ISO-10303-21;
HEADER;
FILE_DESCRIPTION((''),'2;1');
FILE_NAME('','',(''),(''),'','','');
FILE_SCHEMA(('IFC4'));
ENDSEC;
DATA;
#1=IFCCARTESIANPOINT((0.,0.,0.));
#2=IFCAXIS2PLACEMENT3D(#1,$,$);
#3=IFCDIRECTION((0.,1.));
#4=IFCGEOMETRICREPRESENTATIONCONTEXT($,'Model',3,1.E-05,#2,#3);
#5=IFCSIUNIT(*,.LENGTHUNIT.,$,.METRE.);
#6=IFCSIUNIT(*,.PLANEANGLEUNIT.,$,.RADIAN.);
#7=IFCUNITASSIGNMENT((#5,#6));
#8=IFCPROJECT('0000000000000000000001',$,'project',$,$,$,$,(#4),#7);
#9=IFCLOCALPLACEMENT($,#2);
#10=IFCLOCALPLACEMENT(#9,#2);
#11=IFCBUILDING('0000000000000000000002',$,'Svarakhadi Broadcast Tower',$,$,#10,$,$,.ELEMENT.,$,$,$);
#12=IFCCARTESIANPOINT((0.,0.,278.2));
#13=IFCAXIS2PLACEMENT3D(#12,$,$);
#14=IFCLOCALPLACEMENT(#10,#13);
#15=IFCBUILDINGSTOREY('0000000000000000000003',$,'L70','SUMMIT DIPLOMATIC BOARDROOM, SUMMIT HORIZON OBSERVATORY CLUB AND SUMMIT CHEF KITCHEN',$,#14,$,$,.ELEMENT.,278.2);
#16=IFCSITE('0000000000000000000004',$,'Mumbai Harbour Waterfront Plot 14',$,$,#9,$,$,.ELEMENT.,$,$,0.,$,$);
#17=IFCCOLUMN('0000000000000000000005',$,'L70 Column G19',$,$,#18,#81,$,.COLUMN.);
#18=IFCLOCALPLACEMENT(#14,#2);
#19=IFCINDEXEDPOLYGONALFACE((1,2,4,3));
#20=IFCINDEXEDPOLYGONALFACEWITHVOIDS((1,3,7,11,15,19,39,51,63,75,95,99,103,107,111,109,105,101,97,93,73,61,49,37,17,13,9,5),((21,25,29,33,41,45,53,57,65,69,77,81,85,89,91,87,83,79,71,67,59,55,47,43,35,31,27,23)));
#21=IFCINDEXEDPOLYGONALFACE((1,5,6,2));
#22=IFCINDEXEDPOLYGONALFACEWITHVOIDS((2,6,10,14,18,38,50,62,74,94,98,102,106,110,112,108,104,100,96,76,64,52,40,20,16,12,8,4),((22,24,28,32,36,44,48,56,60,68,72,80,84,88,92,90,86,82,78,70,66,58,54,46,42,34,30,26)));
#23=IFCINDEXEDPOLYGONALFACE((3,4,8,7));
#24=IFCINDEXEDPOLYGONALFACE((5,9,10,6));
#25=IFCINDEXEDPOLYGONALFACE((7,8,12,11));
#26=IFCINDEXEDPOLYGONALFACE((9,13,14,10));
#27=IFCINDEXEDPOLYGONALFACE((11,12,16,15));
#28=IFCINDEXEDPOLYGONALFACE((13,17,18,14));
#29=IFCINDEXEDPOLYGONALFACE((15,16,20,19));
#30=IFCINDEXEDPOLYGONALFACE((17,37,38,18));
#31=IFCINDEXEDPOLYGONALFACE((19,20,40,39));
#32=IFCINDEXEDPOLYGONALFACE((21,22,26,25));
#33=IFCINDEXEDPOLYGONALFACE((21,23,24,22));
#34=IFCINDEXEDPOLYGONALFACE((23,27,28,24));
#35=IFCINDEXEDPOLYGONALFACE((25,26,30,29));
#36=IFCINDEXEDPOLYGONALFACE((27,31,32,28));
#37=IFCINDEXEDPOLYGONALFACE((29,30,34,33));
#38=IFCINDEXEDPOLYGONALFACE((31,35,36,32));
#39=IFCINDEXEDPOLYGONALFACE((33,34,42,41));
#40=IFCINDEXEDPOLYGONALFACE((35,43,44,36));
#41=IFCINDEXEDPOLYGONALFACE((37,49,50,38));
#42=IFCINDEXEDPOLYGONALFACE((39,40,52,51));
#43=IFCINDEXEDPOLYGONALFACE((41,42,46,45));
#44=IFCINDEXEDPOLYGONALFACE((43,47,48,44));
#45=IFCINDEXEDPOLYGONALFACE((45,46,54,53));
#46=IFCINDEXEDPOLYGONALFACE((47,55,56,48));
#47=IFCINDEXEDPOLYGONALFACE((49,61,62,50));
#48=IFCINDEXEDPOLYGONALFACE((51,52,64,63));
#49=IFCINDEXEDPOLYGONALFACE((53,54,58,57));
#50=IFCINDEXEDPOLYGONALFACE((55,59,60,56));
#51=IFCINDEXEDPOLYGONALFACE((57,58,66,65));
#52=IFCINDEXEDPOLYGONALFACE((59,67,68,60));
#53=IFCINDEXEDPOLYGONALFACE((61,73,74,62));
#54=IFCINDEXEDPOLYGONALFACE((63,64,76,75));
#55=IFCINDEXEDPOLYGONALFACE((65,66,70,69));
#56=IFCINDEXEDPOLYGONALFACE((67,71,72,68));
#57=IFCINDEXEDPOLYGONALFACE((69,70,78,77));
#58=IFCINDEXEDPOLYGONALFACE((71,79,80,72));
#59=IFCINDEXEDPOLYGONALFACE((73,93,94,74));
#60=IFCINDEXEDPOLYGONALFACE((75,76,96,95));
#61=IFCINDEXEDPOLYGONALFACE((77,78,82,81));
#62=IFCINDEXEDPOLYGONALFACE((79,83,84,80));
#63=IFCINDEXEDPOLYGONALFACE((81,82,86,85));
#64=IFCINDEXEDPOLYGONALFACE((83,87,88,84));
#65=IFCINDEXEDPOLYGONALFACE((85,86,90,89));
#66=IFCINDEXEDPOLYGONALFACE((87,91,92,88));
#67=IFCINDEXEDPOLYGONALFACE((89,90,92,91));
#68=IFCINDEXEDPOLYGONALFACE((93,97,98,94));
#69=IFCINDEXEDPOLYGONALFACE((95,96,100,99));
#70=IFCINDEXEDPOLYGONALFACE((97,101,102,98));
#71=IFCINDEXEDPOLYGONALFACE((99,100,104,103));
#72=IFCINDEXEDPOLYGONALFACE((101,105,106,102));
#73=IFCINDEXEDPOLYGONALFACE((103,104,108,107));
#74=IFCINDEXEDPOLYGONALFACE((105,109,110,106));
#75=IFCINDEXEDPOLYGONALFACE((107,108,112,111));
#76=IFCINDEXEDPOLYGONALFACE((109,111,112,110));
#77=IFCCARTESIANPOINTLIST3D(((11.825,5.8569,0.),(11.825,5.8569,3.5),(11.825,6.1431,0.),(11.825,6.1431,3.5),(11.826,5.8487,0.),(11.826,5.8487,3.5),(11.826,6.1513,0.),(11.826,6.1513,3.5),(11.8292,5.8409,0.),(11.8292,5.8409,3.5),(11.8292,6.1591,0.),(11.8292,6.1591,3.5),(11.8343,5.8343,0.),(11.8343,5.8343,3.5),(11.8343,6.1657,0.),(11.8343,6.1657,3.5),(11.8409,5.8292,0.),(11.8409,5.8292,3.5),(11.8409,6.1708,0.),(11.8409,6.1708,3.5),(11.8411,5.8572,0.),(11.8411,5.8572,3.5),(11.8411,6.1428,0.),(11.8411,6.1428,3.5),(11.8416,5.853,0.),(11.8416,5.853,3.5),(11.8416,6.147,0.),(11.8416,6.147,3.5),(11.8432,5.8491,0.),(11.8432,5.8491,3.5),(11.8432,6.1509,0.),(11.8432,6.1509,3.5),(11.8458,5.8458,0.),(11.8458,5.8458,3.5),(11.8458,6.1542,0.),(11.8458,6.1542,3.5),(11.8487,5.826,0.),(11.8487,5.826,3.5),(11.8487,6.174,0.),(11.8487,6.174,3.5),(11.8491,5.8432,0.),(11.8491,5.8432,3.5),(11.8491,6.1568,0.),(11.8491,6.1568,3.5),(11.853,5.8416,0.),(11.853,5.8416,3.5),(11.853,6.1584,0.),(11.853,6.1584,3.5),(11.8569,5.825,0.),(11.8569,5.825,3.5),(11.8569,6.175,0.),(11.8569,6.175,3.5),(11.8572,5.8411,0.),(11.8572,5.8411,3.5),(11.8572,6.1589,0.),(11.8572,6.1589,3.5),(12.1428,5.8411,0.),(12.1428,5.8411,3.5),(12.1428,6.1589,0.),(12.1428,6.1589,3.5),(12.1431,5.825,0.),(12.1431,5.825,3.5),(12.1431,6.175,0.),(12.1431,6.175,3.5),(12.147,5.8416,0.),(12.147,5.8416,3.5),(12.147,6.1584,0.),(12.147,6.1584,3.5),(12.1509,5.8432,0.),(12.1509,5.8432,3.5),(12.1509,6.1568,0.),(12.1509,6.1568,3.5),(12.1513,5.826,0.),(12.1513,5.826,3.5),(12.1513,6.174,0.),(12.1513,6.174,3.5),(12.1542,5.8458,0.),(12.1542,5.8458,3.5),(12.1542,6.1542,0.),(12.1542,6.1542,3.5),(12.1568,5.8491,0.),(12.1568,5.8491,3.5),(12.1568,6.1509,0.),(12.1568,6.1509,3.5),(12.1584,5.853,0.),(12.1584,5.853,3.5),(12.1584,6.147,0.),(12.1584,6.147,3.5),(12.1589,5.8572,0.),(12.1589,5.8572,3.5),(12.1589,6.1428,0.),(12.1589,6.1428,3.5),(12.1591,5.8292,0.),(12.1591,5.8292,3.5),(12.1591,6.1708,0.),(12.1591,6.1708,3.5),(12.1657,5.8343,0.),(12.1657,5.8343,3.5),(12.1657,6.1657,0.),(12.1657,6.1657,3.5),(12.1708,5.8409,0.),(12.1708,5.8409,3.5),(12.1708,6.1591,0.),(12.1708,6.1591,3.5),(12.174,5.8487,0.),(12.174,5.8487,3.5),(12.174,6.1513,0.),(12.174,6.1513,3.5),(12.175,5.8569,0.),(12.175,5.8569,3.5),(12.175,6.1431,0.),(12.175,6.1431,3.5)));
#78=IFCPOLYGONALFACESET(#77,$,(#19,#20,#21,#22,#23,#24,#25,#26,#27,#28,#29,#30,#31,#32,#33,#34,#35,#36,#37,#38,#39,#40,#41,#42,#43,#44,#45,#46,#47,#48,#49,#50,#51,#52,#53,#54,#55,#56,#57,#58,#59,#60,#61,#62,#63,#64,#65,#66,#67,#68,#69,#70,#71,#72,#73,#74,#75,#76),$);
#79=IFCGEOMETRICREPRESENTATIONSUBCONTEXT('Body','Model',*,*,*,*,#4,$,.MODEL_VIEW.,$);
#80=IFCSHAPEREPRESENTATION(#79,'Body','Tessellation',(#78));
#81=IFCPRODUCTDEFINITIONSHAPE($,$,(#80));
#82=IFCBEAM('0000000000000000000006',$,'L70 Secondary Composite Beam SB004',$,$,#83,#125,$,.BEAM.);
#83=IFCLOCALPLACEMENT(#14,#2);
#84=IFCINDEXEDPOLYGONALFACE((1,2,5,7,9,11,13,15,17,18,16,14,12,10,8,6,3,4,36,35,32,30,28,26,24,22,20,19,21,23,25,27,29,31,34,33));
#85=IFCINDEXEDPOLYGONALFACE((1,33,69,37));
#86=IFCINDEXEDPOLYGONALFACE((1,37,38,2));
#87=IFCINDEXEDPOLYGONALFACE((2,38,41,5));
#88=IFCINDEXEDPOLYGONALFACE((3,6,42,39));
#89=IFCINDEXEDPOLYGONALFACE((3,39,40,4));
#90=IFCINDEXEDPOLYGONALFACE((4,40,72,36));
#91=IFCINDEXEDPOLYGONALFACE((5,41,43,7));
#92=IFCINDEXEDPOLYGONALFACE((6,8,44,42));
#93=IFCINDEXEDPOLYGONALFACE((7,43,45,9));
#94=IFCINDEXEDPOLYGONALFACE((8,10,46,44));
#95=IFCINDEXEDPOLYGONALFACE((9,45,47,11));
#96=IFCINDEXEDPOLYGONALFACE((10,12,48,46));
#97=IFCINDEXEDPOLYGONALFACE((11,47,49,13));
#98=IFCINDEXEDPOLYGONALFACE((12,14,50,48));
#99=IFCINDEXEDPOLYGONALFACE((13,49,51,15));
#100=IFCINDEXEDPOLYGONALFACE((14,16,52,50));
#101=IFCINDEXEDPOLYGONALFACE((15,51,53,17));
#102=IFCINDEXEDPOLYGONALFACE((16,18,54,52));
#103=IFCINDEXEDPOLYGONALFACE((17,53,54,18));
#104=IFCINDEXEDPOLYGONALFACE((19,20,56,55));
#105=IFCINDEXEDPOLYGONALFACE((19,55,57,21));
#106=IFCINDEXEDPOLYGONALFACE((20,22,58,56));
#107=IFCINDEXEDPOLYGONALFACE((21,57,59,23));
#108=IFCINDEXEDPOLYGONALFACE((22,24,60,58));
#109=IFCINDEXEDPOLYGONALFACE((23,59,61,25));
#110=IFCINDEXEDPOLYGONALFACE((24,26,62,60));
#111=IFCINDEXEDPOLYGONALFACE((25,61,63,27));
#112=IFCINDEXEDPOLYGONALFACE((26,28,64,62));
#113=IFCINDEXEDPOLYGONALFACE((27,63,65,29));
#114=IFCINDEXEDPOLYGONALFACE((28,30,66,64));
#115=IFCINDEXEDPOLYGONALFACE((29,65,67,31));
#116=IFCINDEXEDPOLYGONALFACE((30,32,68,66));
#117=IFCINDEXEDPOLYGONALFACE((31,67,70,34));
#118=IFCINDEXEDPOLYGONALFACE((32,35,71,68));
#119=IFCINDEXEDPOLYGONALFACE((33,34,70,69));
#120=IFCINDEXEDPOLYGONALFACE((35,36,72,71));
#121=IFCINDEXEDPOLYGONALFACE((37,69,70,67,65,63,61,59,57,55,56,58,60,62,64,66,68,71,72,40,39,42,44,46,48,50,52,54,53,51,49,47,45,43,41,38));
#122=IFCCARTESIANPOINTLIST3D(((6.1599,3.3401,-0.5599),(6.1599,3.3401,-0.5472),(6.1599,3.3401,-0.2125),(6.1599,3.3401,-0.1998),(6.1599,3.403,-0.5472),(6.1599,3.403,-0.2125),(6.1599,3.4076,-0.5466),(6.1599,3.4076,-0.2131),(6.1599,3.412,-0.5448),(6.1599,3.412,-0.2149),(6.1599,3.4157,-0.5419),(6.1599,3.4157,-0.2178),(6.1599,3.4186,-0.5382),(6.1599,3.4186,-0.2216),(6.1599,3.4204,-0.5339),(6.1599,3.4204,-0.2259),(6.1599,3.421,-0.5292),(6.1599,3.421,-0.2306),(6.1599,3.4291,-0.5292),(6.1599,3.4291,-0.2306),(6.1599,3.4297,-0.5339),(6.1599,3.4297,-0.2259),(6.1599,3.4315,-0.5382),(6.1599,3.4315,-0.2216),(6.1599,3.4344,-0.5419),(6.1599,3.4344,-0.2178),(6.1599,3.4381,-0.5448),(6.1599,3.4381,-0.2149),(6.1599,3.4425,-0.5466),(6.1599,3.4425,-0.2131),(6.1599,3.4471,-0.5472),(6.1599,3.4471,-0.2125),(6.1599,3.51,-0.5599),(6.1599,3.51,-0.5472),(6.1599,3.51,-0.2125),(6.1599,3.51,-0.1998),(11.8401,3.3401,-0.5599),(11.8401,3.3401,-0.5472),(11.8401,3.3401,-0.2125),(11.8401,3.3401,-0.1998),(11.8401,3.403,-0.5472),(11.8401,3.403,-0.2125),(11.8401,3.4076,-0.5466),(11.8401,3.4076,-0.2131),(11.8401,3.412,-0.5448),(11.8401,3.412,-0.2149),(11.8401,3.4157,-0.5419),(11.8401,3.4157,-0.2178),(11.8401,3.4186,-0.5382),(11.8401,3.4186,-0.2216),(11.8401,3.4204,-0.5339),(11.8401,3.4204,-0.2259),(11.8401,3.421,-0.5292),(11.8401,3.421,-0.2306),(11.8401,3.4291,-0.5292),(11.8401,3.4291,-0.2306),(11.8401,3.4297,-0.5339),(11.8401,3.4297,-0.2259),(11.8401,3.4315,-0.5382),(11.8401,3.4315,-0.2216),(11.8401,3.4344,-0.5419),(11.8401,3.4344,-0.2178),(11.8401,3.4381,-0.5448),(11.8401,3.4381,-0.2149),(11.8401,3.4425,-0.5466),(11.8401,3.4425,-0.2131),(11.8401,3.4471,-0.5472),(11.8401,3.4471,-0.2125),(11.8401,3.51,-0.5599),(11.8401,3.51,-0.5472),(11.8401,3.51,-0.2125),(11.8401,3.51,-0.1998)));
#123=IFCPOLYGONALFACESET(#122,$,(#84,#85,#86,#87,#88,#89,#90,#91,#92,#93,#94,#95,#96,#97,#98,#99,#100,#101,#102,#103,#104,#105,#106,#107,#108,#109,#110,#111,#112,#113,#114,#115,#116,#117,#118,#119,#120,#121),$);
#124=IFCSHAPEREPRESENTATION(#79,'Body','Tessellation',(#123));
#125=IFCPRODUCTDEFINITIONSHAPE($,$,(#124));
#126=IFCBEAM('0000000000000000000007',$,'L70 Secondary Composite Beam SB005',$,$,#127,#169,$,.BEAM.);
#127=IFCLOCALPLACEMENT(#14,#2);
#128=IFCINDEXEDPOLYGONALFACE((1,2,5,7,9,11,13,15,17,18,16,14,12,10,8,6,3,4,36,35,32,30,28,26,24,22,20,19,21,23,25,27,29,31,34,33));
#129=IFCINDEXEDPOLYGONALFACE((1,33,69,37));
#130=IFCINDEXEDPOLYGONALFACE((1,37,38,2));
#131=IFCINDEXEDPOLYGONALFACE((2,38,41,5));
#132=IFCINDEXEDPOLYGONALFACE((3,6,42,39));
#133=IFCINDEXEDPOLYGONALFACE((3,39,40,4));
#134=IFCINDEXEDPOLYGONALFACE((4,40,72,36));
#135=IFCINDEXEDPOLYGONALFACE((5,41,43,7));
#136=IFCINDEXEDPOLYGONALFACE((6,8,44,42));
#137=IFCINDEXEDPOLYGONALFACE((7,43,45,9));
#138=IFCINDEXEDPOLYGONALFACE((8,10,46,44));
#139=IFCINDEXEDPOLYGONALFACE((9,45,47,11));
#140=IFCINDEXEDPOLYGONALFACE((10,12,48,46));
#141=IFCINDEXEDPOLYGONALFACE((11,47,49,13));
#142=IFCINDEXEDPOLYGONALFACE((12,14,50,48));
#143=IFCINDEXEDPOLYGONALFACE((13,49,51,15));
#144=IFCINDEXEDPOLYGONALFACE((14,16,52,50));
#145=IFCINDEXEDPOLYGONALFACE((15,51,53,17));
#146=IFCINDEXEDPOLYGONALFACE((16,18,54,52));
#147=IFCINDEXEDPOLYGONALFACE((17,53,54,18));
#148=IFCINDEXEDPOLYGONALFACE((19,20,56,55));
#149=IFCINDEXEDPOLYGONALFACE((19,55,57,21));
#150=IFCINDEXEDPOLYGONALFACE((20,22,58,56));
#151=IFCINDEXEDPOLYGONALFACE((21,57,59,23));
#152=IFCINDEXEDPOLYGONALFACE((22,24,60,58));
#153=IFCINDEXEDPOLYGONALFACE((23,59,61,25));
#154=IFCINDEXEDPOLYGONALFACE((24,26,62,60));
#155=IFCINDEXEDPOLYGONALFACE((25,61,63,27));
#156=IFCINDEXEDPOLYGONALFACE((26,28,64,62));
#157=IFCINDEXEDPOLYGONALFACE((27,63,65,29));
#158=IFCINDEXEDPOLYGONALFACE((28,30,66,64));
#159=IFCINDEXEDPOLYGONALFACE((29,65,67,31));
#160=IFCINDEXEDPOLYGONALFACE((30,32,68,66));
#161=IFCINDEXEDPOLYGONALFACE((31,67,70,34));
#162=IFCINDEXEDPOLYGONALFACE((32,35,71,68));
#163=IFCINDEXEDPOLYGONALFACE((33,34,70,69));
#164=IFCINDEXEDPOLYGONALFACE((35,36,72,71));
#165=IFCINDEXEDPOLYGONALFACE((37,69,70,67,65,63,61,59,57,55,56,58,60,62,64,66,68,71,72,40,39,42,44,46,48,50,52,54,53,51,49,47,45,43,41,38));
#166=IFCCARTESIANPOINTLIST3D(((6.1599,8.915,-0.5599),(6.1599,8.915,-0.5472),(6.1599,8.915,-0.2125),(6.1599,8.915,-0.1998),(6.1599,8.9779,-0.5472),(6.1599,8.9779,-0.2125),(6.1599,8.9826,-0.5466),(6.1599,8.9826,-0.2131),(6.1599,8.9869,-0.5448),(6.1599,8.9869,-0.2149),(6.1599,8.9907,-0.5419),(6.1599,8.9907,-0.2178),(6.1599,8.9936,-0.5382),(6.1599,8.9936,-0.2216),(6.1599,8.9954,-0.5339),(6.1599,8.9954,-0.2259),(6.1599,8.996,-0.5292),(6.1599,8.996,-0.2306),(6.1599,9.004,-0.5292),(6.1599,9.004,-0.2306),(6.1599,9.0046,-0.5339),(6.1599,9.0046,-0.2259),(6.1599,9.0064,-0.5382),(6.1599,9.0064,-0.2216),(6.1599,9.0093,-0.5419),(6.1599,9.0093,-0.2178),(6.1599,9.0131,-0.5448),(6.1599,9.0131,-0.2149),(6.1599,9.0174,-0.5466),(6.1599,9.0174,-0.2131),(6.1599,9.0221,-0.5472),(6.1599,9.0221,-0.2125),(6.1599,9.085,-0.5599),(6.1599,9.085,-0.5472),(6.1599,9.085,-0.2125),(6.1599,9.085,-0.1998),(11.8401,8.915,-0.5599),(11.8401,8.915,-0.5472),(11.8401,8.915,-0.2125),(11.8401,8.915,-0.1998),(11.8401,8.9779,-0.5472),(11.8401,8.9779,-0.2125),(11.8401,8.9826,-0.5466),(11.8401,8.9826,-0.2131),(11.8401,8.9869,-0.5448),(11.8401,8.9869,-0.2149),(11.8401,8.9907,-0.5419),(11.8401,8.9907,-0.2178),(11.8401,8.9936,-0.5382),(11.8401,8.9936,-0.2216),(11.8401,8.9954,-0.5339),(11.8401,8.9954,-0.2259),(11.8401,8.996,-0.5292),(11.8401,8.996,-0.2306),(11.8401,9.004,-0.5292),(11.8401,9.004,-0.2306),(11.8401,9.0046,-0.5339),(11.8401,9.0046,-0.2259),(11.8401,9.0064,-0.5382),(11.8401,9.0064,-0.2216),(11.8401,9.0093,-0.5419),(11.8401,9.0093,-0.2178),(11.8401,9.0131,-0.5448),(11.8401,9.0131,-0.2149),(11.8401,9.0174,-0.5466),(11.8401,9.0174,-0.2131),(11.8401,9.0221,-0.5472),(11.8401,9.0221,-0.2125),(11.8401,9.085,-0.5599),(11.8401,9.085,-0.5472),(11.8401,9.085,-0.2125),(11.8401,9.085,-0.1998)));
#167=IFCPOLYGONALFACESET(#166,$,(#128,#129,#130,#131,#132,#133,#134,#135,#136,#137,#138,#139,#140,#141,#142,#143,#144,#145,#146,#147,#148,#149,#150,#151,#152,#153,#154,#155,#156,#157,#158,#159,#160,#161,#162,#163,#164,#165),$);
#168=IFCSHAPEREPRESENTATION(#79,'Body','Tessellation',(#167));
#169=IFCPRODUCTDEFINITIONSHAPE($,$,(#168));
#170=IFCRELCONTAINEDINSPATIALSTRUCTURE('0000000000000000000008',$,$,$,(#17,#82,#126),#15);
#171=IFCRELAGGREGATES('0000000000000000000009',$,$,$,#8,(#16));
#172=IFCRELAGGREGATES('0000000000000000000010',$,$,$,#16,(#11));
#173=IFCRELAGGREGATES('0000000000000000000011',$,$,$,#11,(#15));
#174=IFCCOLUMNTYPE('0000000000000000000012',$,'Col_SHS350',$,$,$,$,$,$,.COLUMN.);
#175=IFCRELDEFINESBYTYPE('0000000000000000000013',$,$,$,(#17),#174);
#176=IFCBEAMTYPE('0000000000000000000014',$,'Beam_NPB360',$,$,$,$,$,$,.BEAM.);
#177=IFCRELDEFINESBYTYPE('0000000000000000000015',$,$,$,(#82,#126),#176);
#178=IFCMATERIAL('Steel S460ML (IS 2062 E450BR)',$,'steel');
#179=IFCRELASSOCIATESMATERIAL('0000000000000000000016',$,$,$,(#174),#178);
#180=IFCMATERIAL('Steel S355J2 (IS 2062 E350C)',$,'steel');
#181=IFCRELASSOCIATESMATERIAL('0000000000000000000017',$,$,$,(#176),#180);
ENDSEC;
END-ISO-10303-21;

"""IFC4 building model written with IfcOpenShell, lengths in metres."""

from ifc_helpers import new_model, si_unit, direction, frame, origin, origin_2d, place, context, subcontext, project, spatial, hollow_rectangle, i_section, extrude, material, material_profile, profile_set, type_object, element, save


model = new_model("IFC4")

# Units and contexts
model_context = context("Model", 3, precision=1e-05, world=origin(), true_north=direction((0.0, 1.0)))
body_context = subcontext(model_context, "Body", "Model", "MODEL_VIEW")
ifc_project = project(units=[si_unit("LENGTHUNIT", "METRE"), si_unit("PLANEANGLEUNIT", "RADIAN")], contexts=[model_context])

# Site, building, storey
site_placement = place(None, origin())
site = spatial("IfcSite", under=ifc_project, at=site_placement, Name="Mumbai Harbour Waterfront Plot 14", CompositionType="ELEMENT", RefElevation=0.0)
building_placement = place(site_placement, origin())
building = spatial("IfcBuilding", under=site, at=building_placement, Name="Svarakhadi Broadcast Tower", CompositionType="ELEMENT")
storey_placement = place(building_placement, frame((0.0, 0.0, 278.2)))
storey = spatial("IfcBuildingStorey", under=building, at=storey_placement, Name="L70", Description="SUMMIT DIPLOMATIC BOARDROOM, SUMMIT HORIZON OBSERVATORY CLUB AND SUMMIT CHEF KITCHEN", CompositionType="ELEMENT", Elevation=278.2)

# Column
ifc_material_1 = material(Name="Steel S460ML (IS 2062 E450BR)", Category="steel")
ifc_material_profile_1 = material_profile(ifc_material_1, hollow_rectangle(XDim=0.3501, YDim=0.3501, WallThickness=0.0161, InnerFilletRadius=0.0161, OuterFilletRadius=0.032, at=origin_2d()), Name="SHS 350x350x16")
ifc_profile_set_1 = profile_set([ifc_material_profile_1], Name="Steel S460ML (IS 2062 E450BR)")
column_type = type_object("IfcColumnType", Name="Col_SHS350", PredefinedType="COLUMN", material=ifc_profile_set_1)
for number, where, z_axis, x_axis, name in (
    (1, (12.0, 6.0, 0.0), (0.0, 0.0, 1.0), (1.0, 0.0, 0.0), "L70 Column G19"),
):
    element("IfcColumn", number, at=place(storey_placement, frame(where, z_axis=z_axis, x_axis=x_axis)), inside=storey, type_object=column_type, Name=name, PredefinedType="COLUMN", context=body_context, shape_type="SweptSolid", body=[
        extrude(hollow_rectangle(XDim=0.3501, YDim=0.3501, WallThickness=0.0161, InnerFilletRadius=0.0161, OuterFilletRadius=0.032, at=origin_2d()), origin(), (0.0, 0.0, 1.0), 3.5),
    ])

# Beams
ifc_material_2 = material(Name="Steel S355J2 (IS 2062 E350C)", Category="steel")
ifc_material_profile_2 = material_profile(ifc_material_2, i_section(OverallWidth=0.1699, OverallDepth=0.3601, WebThickness=0.0081, FlangeThickness=0.0127, FilletRadius=0.0181, at=origin_2d()), Name="NPB 360x170x57")
ifc_profile_set_2 = profile_set([ifc_material_profile_2], Name="Steel S355J2 (IS 2062 E350C)")
beam_type_1 = type_object("IfcBeamType", Name="Beam_NPB360", PredefinedType="BEAM", material=ifc_profile_set_2)
for number, where, z_axis, x_axis, name in (
    (2, (6.1599, 3.425, -0.3799), (1.0, 0.0, 0.0), (0.0, 1.0, 0.0), "L70 Secondary Composite Beam SB004"),
    (3, (6.1599, 9.0, -0.3799), (1.0, 0.0, 0.0), (0.0, 1.0, 0.0), "L70 Secondary Composite Beam SB005"),
):
    element("IfcBeam", number, at=place(storey_placement, frame(where, z_axis=z_axis, x_axis=x_axis)), inside=storey, type_object=beam_type_1, Name=name, PredefinedType="BEAM", context=body_context, shape_type="SweptSolid", body=[
        extrude(i_section(OverallWidth=0.1699, OverallDepth=0.3601, WebThickness=0.0081, FlangeThickness=0.0127, FilletRadius=0.0181, at=origin_2d()), origin(), (0.0, 0.0, 1.0), 5.6802),
    ])

save(model, "model.ifc")
